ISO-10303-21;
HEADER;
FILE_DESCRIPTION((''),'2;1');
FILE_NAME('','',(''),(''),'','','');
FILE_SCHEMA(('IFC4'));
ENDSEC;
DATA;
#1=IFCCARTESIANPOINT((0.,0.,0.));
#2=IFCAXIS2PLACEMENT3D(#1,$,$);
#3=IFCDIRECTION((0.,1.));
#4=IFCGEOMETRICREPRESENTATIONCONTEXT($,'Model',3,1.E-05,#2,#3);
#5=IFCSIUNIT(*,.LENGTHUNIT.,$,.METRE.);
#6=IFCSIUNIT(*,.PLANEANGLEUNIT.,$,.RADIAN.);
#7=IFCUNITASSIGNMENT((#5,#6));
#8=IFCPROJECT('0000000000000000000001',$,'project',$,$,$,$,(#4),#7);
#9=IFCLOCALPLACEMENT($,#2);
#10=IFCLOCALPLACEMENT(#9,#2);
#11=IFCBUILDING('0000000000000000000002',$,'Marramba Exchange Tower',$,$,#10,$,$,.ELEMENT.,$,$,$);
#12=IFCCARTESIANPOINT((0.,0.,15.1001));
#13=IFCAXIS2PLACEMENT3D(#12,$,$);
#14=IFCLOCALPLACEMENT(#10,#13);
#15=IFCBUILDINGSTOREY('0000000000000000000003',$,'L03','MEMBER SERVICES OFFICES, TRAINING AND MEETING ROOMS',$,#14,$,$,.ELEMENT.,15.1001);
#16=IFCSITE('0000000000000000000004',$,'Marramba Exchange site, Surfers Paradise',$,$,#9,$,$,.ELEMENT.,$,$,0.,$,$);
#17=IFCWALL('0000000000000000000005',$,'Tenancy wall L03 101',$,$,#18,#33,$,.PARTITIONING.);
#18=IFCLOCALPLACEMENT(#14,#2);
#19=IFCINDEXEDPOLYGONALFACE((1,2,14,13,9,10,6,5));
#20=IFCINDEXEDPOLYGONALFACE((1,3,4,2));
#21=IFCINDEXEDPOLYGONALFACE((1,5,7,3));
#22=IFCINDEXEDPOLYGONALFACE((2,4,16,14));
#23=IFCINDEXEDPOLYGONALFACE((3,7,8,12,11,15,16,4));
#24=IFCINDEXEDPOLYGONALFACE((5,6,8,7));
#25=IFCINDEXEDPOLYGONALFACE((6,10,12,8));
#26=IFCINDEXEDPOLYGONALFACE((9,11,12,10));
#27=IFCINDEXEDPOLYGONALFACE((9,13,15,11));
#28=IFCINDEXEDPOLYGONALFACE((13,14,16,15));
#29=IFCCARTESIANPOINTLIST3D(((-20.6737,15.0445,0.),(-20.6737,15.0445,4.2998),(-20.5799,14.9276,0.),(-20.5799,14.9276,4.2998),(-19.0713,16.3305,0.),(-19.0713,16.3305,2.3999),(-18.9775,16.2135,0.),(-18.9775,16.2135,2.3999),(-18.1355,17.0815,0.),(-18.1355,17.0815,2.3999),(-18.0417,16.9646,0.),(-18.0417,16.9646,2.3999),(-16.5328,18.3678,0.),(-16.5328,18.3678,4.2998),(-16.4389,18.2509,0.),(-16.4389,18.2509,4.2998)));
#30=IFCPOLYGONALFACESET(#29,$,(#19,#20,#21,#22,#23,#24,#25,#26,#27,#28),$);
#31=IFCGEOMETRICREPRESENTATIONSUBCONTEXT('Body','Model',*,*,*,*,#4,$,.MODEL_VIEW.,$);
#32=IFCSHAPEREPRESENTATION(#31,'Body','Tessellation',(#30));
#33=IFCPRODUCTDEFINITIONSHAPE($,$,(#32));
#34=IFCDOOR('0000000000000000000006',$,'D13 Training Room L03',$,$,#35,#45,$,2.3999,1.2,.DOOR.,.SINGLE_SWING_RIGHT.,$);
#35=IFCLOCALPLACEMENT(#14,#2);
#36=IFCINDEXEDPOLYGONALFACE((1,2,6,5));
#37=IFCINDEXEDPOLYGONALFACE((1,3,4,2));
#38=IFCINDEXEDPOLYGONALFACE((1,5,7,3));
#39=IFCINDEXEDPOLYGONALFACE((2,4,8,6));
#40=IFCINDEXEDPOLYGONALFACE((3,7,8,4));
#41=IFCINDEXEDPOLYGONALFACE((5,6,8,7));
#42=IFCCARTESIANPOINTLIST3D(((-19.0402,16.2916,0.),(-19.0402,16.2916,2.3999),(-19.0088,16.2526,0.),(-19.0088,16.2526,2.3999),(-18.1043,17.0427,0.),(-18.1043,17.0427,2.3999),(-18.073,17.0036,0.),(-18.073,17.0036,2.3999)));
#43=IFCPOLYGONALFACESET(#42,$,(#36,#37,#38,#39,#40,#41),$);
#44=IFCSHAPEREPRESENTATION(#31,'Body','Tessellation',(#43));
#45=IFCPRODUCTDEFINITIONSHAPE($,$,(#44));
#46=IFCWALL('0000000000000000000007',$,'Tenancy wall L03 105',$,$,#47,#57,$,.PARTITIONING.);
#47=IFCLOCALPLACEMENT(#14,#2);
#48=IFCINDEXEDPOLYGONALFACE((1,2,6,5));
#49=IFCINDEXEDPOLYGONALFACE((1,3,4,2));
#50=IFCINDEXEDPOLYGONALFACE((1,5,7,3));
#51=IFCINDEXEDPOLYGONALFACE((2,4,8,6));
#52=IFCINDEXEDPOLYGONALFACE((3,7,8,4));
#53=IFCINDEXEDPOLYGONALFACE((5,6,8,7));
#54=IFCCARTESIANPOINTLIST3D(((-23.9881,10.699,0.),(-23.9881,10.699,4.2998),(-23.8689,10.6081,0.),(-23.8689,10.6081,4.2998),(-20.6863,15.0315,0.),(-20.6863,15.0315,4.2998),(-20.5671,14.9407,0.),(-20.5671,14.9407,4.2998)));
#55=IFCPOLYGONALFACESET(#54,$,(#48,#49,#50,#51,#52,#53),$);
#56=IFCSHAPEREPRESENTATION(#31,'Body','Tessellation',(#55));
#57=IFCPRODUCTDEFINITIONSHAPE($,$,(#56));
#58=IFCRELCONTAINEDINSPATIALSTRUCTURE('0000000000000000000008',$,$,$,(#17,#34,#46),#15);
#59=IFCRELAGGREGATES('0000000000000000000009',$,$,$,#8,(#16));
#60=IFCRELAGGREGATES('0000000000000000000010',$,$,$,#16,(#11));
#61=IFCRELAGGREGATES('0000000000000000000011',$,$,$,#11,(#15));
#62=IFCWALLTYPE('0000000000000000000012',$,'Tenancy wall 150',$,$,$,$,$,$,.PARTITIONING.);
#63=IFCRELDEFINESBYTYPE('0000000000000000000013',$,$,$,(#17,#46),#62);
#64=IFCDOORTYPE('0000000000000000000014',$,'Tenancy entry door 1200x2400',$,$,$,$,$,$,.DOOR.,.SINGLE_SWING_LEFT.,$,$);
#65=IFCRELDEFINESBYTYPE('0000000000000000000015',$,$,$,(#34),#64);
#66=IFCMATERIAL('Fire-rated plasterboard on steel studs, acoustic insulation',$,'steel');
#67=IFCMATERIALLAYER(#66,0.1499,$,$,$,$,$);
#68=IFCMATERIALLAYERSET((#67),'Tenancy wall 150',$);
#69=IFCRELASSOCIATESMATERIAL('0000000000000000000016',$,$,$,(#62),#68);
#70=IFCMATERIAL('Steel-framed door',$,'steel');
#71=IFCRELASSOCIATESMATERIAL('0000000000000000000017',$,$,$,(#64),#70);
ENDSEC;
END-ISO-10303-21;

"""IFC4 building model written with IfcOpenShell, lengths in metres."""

from ifc_helpers import new_model, si_unit, direction, frame, frame_2d, origin, place, context, subcontext, project, spatial, rectangle, extrude, material, layer, layer_set, type_object, element, fill, save


model = new_model("IFC4")

# Units and contexts
model_context = context("Model", 3, precision=1e-05, world=origin(), true_north=direction((0.0, 1.0)))
body_context = subcontext(model_context, "Body", "Model", "MODEL_VIEW")
ifc_project = project(units=[si_unit("LENGTHUNIT", "METRE"), si_unit("PLANEANGLEUNIT", "RADIAN")], contexts=[model_context])

# Site, building, storey
site_placement = place(None, origin())
site = spatial("IfcSite", under=ifc_project, at=site_placement, Name="Marramba Exchange site, Surfers Paradise", CompositionType="ELEMENT", RefElevation=0.0)
building_placement = place(site_placement, origin())
building = spatial("IfcBuilding", under=site, at=building_placement, Name="Marramba Exchange Tower", CompositionType="ELEMENT")
storey_placement = place(building_placement, frame((0.0, 0.0, 15.1001)))
storey = spatial("IfcBuildingStorey", under=building, at=storey_placement, Name="L03", Description="MEMBER SERVICES OFFICES, TRAINING AND MEETING ROOMS", CompositionType="ELEMENT", Elevation=15.1001)

# Shared definitions
ifc_material_1 = material(Name="Fire-rated plasterboard on steel studs, acoustic insulation", Category="steel")
ifc_layer_1 = layer(ifc_material_1, 0.1499)
ifc_layer_set_1 = layer_set([ifc_layer_1], Name="Tenancy wall 150")
wall_type_1 = type_object("IfcWallType", Name="Tenancy wall 150", PredefinedType="PARTITIONING", material=ifc_layer_set_1)

# Wall, opening, door
wall_1_placement = place(storey_placement, frame((-16.4858, 18.3093, 0.0), z_axis=(0.0, 0.0, 1.0), x_axis=(-0.779899, -0.625906, 0.0)))
wall_1 = element("IfcWall", 1, at=wall_1_placement, inside=storey, type_object=wall_type_1, Name="Tenancy wall L03 101", PredefinedType="PARTITIONING", context=body_context, shape_type="SweptSolid", body=[
    extrude(rectangle(XDim=5.3096, YDim=0.1499, at=frame_2d((2.6548, 0.0))), origin(), (0.0, 0.0, 1.0), 4.2998),
])
opening_1_placement = place(wall_1_placement, frame((2.0549, 0.0, 0.0)))
opening_1 = element("IfcOpeningElement", 2, at=opening_1_placement, cuts=wall_1, PredefinedType="OPENING", context=body_context, shape_type="SweptSolid", body=[
    extrude(rectangle(XDim=1.2, YDim=2.3999, at=frame_2d((0.6001, 1.2))), frame((0.0, 0.085, 0.0), z_axis=(0.0, -1.0, 0.0), x_axis=(1.0, 0.0, 0.0)), (0.0, 0.0, 1.0), 0.1699),
])
ifc_material_2 = material(Name="Steel-framed door", Category="steel")
door_type_1 = type_object("IfcDoorType", Name="Tenancy entry door 1200x2400", OperationType="SINGLE_SWING_LEFT", PredefinedType="DOOR", material=ifc_material_2)
door_1_placement = place(opening_1_placement, origin())
door_1 = element("IfcDoor", 3, at=door_1_placement, inside=storey, type_object=door_type_1, Name="D13 Training Room L03", OperationType="SINGLE_SWING_RIGHT", OverallHeight=2.3999, OverallWidth=1.2, PredefinedType="DOOR", context=body_context, shape_type="SweptSolid", body=[
    extrude(rectangle(XDim=1.2, YDim=2.3999, at=frame_2d((0.6001, 1.2))), frame((0.0, 0.0249, 0.0), z_axis=(0.0, -1.0, 0.0), x_axis=(1.0, 0.0, 0.0)), (0.0, 0.0, 1.0), 0.05),
])
fill(opening_1, door_1)

# Wall
wall_2_placement = place(storey_placement, frame((-20.6267, 14.9861, 0.0), z_axis=(0.0, 0.0, 1.0), x_axis=(-0.606135, -0.795362, 0.0)))
element("IfcWall", 4, at=wall_2_placement, inside=storey, type_object=wall_type_1, Name="Tenancy wall L03 105", PredefinedType="PARTITIONING", context=body_context, shape_type="SweptSolid", body=[
    extrude(rectangle(XDim=5.4473, YDim=0.1499, at=frame_2d((2.7236, 0.0))), origin(), (0.0, 0.0, 1.0), 4.2998),
])

save(model, "model.ifc")
